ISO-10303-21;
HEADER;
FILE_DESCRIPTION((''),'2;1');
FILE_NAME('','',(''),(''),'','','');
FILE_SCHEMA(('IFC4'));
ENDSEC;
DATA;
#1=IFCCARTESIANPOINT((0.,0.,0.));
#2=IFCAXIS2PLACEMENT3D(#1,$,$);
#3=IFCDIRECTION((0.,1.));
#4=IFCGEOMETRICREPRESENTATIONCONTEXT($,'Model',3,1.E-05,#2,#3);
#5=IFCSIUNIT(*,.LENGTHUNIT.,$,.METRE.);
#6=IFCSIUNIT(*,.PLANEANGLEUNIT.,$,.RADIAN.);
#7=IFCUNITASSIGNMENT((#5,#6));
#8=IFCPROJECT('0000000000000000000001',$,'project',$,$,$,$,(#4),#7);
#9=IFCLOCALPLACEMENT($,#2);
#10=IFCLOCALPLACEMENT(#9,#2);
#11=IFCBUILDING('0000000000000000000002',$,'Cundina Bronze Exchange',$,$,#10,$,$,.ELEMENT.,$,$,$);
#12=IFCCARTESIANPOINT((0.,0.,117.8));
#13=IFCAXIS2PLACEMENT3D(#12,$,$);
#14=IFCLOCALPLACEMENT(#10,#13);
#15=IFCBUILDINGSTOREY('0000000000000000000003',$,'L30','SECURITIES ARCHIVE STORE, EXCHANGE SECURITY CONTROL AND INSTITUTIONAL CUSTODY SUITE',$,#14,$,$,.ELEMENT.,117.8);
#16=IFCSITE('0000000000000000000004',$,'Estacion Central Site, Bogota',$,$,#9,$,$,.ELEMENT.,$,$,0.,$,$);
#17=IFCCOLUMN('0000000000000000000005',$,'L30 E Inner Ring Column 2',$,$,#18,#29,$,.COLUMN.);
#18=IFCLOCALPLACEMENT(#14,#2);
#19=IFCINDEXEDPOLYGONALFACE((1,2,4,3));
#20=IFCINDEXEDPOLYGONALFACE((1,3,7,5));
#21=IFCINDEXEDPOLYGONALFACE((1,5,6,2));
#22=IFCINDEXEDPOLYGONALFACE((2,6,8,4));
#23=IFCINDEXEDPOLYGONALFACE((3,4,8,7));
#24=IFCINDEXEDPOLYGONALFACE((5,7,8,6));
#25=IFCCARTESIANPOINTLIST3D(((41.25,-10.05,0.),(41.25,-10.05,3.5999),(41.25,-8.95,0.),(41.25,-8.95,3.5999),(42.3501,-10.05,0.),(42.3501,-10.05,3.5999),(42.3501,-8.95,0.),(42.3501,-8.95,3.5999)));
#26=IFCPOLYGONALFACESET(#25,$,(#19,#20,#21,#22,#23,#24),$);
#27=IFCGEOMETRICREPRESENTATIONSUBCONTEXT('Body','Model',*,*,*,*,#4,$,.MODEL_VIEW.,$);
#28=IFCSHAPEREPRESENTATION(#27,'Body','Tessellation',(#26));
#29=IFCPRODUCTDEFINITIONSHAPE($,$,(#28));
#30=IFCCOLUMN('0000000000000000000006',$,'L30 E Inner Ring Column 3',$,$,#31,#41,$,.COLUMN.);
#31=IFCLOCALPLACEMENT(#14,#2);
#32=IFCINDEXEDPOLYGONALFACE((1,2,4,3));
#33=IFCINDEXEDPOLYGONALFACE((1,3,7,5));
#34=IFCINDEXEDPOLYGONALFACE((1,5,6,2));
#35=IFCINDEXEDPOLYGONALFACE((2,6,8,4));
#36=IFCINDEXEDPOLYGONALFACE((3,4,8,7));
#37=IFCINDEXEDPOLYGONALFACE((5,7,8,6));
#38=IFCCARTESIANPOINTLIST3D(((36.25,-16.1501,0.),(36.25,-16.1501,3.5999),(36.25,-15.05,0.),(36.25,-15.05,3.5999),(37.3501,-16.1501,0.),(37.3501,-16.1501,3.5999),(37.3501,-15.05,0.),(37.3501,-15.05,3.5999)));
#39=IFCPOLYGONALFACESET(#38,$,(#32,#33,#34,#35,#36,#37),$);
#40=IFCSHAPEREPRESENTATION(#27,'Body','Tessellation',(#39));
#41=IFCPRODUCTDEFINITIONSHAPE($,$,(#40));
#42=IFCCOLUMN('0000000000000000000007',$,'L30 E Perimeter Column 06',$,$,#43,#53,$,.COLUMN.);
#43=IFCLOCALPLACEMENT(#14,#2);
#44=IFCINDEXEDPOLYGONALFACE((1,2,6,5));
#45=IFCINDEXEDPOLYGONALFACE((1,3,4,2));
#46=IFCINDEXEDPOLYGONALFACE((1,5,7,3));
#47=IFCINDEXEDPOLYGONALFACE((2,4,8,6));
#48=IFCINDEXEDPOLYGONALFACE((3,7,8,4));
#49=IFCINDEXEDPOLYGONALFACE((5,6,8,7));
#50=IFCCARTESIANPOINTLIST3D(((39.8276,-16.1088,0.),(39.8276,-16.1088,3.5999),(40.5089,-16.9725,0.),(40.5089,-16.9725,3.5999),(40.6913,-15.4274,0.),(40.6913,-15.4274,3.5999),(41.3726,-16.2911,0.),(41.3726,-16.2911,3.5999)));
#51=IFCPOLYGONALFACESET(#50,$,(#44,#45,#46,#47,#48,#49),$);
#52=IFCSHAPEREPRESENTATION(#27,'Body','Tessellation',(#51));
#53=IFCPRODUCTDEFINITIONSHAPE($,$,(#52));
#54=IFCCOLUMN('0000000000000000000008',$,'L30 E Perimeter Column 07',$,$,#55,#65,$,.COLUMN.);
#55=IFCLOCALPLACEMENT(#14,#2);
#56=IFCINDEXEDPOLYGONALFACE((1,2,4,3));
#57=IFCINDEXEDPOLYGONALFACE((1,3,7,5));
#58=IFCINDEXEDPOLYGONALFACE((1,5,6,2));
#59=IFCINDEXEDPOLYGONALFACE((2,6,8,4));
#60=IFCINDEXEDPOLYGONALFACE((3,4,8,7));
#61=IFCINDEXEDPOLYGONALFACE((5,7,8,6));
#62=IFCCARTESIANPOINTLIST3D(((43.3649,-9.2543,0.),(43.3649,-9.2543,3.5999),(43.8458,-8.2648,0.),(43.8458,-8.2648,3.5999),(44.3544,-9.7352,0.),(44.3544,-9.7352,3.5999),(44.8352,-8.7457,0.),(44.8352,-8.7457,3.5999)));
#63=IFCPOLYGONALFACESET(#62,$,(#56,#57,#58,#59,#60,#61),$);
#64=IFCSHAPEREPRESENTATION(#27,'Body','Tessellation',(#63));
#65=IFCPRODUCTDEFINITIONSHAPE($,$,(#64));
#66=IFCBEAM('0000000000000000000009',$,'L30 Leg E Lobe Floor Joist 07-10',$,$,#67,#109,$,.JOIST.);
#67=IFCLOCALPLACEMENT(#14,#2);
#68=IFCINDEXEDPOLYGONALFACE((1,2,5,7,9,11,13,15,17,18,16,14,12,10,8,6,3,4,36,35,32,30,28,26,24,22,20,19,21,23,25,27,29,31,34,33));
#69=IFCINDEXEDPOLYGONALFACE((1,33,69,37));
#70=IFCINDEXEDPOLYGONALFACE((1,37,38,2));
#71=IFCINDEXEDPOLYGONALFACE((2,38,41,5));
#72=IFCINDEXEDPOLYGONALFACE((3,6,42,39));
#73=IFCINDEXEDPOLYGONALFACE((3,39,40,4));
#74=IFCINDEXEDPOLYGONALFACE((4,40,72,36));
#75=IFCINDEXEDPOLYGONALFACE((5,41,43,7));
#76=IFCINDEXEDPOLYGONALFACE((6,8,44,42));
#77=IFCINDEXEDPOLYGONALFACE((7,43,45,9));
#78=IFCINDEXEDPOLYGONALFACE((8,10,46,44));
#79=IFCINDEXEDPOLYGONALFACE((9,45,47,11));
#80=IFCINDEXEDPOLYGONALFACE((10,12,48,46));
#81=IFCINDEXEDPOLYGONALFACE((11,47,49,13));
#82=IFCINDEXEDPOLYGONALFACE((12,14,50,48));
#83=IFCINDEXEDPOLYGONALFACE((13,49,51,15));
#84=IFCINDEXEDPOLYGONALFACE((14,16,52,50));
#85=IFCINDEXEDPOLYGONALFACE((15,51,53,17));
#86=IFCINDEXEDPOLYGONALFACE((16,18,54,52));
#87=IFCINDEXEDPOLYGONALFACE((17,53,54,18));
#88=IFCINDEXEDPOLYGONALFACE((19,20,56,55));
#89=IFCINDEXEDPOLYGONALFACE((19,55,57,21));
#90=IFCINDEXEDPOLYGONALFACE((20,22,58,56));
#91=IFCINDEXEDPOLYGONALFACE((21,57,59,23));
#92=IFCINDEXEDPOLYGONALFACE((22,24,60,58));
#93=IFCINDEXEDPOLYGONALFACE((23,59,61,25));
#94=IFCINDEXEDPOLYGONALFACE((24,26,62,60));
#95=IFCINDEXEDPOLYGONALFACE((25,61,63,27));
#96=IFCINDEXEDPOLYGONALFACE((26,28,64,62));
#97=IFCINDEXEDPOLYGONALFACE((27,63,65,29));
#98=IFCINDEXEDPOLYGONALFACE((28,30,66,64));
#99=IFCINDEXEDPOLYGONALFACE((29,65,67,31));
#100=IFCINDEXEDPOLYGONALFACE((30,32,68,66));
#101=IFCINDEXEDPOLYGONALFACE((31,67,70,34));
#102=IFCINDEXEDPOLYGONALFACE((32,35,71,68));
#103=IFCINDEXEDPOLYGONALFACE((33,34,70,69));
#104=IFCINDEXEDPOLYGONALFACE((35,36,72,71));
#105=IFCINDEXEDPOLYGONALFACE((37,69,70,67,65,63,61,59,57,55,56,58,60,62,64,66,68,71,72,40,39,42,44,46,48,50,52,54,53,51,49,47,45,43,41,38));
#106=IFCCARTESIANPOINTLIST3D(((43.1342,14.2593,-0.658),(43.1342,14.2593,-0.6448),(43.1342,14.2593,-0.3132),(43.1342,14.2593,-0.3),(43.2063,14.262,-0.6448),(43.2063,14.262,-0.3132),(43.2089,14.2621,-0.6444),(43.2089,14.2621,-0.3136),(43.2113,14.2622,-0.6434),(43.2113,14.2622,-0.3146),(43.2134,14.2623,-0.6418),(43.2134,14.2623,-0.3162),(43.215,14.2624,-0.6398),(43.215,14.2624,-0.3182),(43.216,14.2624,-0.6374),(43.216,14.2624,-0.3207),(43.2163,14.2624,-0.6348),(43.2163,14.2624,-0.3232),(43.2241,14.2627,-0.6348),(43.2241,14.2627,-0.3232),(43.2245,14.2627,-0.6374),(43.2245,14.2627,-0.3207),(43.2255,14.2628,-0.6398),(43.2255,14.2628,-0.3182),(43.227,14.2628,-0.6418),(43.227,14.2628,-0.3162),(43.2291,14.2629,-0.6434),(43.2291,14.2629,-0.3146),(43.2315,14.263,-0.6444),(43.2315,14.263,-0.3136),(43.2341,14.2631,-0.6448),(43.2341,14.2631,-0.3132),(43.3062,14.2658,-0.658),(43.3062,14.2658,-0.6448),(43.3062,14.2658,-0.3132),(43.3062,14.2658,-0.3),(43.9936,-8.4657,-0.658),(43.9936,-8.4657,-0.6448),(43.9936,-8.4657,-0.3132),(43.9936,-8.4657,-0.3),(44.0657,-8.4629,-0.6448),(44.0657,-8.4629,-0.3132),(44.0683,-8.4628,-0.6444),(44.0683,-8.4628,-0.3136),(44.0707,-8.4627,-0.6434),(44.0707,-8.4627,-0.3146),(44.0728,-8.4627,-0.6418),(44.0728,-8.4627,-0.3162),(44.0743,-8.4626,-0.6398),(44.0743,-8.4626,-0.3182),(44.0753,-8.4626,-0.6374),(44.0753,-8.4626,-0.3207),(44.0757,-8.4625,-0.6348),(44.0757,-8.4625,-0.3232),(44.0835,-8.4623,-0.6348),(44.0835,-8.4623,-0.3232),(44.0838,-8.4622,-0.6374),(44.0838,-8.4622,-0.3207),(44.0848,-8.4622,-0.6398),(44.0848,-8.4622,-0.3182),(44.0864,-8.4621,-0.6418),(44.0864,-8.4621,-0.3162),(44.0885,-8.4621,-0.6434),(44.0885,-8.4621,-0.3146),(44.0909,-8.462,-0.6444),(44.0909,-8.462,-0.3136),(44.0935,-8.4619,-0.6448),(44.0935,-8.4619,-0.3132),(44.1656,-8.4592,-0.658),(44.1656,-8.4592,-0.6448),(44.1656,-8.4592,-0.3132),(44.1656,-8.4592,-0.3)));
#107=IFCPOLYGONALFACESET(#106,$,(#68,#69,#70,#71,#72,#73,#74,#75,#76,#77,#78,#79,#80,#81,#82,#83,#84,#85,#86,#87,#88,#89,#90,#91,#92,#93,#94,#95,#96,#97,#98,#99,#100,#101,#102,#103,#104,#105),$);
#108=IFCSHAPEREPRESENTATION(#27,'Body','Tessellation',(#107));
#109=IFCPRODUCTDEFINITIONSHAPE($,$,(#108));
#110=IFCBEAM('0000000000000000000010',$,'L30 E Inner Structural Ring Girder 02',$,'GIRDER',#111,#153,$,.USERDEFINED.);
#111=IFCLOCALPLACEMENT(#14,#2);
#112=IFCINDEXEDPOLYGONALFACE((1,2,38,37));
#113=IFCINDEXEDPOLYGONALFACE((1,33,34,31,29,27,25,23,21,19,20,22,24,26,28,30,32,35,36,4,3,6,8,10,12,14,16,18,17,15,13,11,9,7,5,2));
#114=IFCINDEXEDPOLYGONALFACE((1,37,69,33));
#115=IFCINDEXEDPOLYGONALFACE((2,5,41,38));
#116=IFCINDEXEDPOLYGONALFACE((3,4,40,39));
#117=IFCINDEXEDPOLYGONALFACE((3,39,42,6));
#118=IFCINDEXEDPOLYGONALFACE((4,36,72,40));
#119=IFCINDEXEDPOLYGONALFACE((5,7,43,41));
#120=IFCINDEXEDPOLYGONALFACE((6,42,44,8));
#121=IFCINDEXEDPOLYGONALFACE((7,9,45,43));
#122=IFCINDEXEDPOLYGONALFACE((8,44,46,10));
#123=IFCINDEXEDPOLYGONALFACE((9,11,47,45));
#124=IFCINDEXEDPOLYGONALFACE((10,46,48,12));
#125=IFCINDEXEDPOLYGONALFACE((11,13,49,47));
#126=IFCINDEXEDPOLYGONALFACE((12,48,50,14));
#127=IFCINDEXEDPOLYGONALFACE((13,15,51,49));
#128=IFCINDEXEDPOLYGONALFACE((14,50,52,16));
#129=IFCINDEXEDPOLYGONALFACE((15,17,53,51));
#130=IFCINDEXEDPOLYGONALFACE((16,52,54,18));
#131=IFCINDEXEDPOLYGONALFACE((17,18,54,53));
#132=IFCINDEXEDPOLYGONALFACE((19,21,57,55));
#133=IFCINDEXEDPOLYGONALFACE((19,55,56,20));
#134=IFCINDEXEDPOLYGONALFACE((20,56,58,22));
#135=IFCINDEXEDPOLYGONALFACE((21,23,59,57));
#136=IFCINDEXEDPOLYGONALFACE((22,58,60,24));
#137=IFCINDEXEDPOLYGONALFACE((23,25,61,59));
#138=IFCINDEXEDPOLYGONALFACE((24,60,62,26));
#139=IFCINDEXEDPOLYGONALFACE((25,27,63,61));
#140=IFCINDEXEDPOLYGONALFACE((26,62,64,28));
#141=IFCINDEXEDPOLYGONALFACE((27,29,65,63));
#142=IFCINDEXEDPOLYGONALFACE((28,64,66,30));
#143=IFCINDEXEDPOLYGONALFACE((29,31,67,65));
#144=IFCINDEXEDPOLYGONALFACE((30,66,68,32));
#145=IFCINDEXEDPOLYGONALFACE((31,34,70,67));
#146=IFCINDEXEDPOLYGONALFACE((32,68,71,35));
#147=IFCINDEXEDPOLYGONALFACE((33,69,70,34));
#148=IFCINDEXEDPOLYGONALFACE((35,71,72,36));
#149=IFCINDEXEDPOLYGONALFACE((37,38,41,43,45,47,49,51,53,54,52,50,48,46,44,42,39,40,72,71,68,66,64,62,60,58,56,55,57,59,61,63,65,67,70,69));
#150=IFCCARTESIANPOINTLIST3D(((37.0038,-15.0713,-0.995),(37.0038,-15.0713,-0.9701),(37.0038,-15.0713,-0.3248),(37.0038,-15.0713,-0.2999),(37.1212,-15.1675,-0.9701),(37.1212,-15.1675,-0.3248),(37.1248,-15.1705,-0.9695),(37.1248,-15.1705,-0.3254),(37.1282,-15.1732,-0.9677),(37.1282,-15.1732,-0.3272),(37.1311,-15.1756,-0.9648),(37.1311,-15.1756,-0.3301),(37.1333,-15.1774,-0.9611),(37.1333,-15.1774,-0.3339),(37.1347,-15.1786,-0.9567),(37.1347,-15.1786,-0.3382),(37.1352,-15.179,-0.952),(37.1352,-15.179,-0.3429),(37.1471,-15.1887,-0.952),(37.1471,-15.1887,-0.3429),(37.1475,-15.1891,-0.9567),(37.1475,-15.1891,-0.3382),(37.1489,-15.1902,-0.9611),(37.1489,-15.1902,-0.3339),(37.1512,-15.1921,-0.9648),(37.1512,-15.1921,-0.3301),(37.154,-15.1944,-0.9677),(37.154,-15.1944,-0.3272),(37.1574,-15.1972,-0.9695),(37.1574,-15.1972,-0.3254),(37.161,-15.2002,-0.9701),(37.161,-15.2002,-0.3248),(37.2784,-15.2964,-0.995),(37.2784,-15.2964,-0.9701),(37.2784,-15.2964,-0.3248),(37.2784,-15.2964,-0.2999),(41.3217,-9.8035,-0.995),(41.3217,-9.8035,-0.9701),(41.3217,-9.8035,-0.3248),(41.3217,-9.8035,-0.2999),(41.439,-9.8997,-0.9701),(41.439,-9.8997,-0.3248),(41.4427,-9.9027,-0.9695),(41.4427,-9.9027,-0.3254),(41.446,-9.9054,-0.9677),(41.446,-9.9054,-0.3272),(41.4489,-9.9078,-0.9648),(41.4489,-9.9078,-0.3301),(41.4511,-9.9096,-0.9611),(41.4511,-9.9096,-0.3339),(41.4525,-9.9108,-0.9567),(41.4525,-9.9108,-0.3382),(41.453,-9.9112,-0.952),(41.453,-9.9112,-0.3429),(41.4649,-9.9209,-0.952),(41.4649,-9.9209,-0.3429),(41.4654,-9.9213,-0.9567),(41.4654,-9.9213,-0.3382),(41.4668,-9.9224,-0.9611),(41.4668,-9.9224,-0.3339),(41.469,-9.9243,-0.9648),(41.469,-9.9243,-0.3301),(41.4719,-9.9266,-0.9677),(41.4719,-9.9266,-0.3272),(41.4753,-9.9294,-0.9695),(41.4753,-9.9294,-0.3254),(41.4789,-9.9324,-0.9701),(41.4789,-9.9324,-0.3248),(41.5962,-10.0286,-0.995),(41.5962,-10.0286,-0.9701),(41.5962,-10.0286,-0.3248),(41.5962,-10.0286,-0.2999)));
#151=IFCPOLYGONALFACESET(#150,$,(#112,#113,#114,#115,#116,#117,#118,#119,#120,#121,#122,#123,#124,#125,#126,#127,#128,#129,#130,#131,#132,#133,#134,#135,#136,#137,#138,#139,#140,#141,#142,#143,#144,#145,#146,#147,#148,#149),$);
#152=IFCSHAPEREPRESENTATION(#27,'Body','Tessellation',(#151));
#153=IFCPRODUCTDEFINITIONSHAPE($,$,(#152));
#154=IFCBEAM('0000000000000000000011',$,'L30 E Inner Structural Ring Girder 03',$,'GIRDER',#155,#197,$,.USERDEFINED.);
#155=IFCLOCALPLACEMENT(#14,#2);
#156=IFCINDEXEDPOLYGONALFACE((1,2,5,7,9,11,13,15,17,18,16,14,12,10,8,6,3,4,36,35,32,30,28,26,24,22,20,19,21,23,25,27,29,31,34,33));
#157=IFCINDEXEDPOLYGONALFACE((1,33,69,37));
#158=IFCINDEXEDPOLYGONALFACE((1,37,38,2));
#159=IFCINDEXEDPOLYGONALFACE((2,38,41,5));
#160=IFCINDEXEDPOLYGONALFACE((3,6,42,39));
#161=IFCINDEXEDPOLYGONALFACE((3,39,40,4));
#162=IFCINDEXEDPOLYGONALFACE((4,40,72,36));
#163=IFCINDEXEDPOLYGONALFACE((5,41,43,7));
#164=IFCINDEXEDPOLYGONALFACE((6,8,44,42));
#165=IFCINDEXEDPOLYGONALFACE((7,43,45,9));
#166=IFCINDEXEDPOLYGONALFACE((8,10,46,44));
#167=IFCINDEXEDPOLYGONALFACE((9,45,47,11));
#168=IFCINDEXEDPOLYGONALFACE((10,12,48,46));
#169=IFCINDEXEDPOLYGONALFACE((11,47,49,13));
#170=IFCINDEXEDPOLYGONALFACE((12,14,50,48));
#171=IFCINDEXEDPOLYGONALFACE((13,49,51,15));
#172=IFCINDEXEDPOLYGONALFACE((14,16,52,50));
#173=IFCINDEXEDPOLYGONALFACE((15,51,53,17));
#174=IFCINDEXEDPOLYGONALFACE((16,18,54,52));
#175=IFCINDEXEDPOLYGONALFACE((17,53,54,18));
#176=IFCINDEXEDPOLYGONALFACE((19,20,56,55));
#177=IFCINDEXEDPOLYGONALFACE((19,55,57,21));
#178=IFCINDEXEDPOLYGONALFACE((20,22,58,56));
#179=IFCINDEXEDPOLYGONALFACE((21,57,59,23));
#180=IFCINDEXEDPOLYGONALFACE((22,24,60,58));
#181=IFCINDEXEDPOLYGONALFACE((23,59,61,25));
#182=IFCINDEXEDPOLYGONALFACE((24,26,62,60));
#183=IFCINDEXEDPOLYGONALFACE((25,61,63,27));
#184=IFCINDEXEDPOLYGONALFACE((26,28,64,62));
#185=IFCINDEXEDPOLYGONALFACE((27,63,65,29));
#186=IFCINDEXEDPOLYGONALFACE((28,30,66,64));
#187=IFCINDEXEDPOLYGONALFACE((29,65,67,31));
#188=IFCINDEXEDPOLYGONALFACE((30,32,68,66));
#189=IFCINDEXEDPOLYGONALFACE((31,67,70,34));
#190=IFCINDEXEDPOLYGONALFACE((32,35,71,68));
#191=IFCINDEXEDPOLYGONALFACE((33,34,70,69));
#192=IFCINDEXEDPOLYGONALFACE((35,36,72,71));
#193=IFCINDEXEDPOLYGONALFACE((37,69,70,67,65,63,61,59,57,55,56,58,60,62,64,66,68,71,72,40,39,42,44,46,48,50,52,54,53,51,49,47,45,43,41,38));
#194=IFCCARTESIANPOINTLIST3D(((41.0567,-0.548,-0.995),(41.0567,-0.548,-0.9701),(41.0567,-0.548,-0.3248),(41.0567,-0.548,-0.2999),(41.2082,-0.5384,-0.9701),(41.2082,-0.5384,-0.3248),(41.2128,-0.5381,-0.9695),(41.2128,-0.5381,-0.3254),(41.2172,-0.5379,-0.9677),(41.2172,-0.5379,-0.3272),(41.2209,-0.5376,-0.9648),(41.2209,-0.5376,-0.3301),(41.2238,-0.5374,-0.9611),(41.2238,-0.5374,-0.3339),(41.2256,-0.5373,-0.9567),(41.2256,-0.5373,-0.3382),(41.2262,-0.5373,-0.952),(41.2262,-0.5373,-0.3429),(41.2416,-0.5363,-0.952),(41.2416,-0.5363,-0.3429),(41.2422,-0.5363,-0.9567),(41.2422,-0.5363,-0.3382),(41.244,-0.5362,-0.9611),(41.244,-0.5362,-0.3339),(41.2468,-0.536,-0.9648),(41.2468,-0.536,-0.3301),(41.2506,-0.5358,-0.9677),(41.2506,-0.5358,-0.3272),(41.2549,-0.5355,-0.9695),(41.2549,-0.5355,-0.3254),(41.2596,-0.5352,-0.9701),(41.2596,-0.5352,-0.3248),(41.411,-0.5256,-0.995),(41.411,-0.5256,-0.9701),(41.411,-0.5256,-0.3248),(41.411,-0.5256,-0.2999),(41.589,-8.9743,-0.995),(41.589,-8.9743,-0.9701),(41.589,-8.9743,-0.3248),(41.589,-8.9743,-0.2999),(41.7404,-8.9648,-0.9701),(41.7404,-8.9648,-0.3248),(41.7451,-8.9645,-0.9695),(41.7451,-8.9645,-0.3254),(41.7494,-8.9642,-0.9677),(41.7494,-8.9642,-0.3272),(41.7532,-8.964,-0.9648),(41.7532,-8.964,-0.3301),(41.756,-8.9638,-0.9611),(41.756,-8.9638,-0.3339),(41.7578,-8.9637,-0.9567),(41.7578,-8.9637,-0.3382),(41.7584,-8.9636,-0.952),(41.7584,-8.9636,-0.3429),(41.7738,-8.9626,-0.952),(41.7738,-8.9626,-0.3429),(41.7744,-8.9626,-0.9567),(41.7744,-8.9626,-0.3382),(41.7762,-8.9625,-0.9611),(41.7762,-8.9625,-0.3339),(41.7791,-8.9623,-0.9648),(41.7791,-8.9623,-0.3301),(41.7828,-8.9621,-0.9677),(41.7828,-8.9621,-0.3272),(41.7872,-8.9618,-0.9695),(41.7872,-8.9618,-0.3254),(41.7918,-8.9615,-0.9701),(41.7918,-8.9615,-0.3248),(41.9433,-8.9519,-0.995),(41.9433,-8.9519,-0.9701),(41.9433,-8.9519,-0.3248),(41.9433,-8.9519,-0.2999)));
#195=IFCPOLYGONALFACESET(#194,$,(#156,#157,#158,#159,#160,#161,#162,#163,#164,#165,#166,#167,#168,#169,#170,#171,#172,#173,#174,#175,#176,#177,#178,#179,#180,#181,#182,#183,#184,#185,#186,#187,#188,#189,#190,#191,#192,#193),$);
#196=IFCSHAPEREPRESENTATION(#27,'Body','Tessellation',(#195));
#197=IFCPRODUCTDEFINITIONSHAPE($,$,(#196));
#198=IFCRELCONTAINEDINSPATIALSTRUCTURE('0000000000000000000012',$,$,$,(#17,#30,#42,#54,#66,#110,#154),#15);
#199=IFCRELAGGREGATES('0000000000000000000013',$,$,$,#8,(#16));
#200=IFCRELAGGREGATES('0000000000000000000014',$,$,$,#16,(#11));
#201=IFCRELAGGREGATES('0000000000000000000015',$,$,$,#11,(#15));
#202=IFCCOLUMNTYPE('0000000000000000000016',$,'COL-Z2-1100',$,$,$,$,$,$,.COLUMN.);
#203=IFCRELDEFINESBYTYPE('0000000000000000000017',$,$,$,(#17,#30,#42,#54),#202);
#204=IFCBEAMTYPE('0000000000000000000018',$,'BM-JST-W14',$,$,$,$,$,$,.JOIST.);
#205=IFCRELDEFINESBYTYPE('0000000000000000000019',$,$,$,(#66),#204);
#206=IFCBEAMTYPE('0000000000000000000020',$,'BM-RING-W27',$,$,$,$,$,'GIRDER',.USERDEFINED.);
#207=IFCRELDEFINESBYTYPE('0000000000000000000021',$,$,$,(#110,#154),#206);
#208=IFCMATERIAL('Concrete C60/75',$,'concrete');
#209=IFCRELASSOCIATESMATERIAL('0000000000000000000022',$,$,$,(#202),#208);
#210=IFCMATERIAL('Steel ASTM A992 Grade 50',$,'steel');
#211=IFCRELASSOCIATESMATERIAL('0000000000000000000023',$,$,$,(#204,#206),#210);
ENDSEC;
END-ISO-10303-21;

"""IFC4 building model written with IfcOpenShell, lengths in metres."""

from ifc_helpers import new_model, si_unit, direction, frame, origin, origin_2d, place, context, subcontext, project, spatial, rectangle, i_section, extrude, material, material_profile, profile_set, type_object, element, save


model = new_model("IFC4")

# Units and contexts
model_context = context("Model", 3, precision=1e-05, world=origin(), true_north=direction((0.0, 1.0)))
body_context = subcontext(model_context, "Body", "Model", "MODEL_VIEW")
ifc_project = project(units=[si_unit("LENGTHUNIT", "METRE"), si_unit("PLANEANGLEUNIT", "RADIAN")], contexts=[model_context])

# Site, building, storey
site_placement = place(None, origin())
site = spatial("IfcSite", under=ifc_project, at=site_placement, Name="Estacion Central Site, Bogota", CompositionType="ELEMENT", RefElevation=0.0)
building_placement = place(site_placement, origin())
building = spatial("IfcBuilding", under=site, at=building_placement, Name="Cundina Bronze Exchange", CompositionType="ELEMENT")
storey_placement = place(building_placement, frame((0.0, 0.0, 117.8)))
storey = spatial("IfcBuildingStorey", under=building, at=storey_placement, Name="L30", Description="SECURITIES ARCHIVE STORE, EXCHANGE SECURITY CONTROL AND INSTITUTIONAL CUSTODY SUITE", CompositionType="ELEMENT", Elevation=117.8)

# Columns
ifc_material_1 = material(Name="Concrete C60/75", Category="concrete")
ifc_material_profile_1 = material_profile(ifc_material_1, rectangle(XDim=1.1001, YDim=1.1001, at=origin_2d()), Name="RC1100X1100", Category="concrete")
ifc_profile_set_1 = profile_set([ifc_material_profile_1], Name="Concrete C60/75")
column_type = type_object("IfcColumnType", Name="COL-Z2-1100", PredefinedType="COLUMN", material=ifc_profile_set_1)
for number, where, z_axis, x_axis, name in (
    (1, (41.8, -9.5, 0.0), (0.0, 0.0, 1.0), (1.0, 0.0, 0.0), "L30 E Inner Ring Column 2"),
    (2, (36.8, -15.6001, 0.0), (0.0, 0.0, 1.0), (1.0, 0.0, 0.0), "L30 E Inner Ring Column 3"),
    (3, (40.6001, -16.2, 0.0), (0.0, 0.0, 1.0), (0.785101, 0.619368, 0.0), "L30 E Perimeter Column 06"),
    (4, (44.1001, -9.0, 0.0), (0.0, 0.0, 1.0), (0.437116, 0.899405, 0.0), "L30 E Perimeter Column 07"),
):
    element("IfcColumn", number, at=place(storey_placement, frame(where, z_axis=z_axis, x_axis=x_axis)), inside=storey, type_object=column_type, Name=name, PredefinedType="COLUMN", context=body_context, shape_type="SweptSolid", body=[
        extrude(rectangle(XDim=1.1001, YDim=1.1001, at=origin_2d()), origin(), (0.0, 0.0, 1.0), 3.5999),
    ])

# Beams
ifc_material_2 = material(Name="Steel ASTM A992 Grade 50", Category="steel")
ifc_material_profile_2 = material_profile(ifc_material_2, i_section(OverallWidth=0.1721, OverallDepth=0.3579, WebThickness=0.0078, FlangeThickness=0.0132, FilletRadius=0.01, at=origin_2d()), Name="W14X38", Category="steel")
ifc_profile_set_2 = profile_set([ifc_material_profile_2], Name="Steel ASTM A992 Grade 50")
beam_type_1 = type_object("IfcBeamType", Name="BM-JST-W14", PredefinedType="JOIST", material=ifc_profile_set_2)
beam_1_placement = place(storey_placement, frame((44.0796, -8.4624, -0.479), z_axis=(-0.03779, 0.999286, 0.0), x_axis=(-0.999286, -0.03779, 0.0)))
element("IfcBeam", 5, at=beam_1_placement, inside=storey, type_object=beam_type_1, Name="L30 Leg E Lobe Floor Joist 07-10", PredefinedType="JOIST", context=body_context, shape_type="SweptSolid", body=[
    extrude(i_section(OverallWidth=0.1721, OverallDepth=0.3579, WebThickness=0.0078, FlangeThickness=0.0132, FilletRadius=0.01, at=origin_2d()), origin(), (0.0, 0.0, 1.0), 22.7412),
])
ifc_material_profile_3 = material_profile(ifc_material_2, i_section(OverallWidth=0.355, OverallDepth=0.6951, WebThickness=0.0154, FlangeThickness=0.0249, FilletRadius=0.0181, at=origin_2d()), Name="W27X146", Category="steel")
ifc_profile_set_3 = profile_set([ifc_material_profile_3], Name="Steel ASTM A992 Grade 50")
beam_type_2 = type_object("IfcBeamType", Name="BM-RING-W27", ElementType="GIRDER", PredefinedType="USERDEFINED", material=ifc_profile_set_3)
beam_2_placement = place(storey_placement, frame((37.1411, -15.1838, -0.6475), z_axis=(0.633927, 0.773393, 0.0), x_axis=(-0.773393, 0.633927, 0.0)))
element("IfcBeam", 6, at=beam_2_placement, inside=storey, type_object=beam_type_2, Name="L30 E Inner Structural Ring Girder 02", ObjectType="GIRDER", PredefinedType="USERDEFINED", context=body_context, shape_type="SweptSolid", body=[
    extrude(i_section(OverallWidth=0.355, OverallDepth=0.6951, WebThickness=0.0154, FlangeThickness=0.0249, FilletRadius=0.0181, at=origin_2d()), origin(), (0.0, 0.0, 1.0), 6.8113),
])
beam_3_placement = place(storey_placement, frame((41.7661, -8.9631, -0.6475), z_axis=(-0.063037, 0.998011, 0.0), x_axis=(-0.998011, -0.063037, 0.0)))
element("IfcBeam", 7, at=beam_3_placement, inside=storey, type_object=beam_type_2, Name="L30 E Inner Structural Ring Girder 03", ObjectType="GIRDER", PredefinedType="USERDEFINED", context=body_context, shape_type="SweptSolid", body=[
    extrude(i_section(OverallWidth=0.355, OverallDepth=0.6951, WebThickness=0.0154, FlangeThickness=0.0249, FilletRadius=0.0181, at=origin_2d()), origin(), (0.0, 0.0, 1.0), 8.4431),
])

save(model, "model.ifc")
